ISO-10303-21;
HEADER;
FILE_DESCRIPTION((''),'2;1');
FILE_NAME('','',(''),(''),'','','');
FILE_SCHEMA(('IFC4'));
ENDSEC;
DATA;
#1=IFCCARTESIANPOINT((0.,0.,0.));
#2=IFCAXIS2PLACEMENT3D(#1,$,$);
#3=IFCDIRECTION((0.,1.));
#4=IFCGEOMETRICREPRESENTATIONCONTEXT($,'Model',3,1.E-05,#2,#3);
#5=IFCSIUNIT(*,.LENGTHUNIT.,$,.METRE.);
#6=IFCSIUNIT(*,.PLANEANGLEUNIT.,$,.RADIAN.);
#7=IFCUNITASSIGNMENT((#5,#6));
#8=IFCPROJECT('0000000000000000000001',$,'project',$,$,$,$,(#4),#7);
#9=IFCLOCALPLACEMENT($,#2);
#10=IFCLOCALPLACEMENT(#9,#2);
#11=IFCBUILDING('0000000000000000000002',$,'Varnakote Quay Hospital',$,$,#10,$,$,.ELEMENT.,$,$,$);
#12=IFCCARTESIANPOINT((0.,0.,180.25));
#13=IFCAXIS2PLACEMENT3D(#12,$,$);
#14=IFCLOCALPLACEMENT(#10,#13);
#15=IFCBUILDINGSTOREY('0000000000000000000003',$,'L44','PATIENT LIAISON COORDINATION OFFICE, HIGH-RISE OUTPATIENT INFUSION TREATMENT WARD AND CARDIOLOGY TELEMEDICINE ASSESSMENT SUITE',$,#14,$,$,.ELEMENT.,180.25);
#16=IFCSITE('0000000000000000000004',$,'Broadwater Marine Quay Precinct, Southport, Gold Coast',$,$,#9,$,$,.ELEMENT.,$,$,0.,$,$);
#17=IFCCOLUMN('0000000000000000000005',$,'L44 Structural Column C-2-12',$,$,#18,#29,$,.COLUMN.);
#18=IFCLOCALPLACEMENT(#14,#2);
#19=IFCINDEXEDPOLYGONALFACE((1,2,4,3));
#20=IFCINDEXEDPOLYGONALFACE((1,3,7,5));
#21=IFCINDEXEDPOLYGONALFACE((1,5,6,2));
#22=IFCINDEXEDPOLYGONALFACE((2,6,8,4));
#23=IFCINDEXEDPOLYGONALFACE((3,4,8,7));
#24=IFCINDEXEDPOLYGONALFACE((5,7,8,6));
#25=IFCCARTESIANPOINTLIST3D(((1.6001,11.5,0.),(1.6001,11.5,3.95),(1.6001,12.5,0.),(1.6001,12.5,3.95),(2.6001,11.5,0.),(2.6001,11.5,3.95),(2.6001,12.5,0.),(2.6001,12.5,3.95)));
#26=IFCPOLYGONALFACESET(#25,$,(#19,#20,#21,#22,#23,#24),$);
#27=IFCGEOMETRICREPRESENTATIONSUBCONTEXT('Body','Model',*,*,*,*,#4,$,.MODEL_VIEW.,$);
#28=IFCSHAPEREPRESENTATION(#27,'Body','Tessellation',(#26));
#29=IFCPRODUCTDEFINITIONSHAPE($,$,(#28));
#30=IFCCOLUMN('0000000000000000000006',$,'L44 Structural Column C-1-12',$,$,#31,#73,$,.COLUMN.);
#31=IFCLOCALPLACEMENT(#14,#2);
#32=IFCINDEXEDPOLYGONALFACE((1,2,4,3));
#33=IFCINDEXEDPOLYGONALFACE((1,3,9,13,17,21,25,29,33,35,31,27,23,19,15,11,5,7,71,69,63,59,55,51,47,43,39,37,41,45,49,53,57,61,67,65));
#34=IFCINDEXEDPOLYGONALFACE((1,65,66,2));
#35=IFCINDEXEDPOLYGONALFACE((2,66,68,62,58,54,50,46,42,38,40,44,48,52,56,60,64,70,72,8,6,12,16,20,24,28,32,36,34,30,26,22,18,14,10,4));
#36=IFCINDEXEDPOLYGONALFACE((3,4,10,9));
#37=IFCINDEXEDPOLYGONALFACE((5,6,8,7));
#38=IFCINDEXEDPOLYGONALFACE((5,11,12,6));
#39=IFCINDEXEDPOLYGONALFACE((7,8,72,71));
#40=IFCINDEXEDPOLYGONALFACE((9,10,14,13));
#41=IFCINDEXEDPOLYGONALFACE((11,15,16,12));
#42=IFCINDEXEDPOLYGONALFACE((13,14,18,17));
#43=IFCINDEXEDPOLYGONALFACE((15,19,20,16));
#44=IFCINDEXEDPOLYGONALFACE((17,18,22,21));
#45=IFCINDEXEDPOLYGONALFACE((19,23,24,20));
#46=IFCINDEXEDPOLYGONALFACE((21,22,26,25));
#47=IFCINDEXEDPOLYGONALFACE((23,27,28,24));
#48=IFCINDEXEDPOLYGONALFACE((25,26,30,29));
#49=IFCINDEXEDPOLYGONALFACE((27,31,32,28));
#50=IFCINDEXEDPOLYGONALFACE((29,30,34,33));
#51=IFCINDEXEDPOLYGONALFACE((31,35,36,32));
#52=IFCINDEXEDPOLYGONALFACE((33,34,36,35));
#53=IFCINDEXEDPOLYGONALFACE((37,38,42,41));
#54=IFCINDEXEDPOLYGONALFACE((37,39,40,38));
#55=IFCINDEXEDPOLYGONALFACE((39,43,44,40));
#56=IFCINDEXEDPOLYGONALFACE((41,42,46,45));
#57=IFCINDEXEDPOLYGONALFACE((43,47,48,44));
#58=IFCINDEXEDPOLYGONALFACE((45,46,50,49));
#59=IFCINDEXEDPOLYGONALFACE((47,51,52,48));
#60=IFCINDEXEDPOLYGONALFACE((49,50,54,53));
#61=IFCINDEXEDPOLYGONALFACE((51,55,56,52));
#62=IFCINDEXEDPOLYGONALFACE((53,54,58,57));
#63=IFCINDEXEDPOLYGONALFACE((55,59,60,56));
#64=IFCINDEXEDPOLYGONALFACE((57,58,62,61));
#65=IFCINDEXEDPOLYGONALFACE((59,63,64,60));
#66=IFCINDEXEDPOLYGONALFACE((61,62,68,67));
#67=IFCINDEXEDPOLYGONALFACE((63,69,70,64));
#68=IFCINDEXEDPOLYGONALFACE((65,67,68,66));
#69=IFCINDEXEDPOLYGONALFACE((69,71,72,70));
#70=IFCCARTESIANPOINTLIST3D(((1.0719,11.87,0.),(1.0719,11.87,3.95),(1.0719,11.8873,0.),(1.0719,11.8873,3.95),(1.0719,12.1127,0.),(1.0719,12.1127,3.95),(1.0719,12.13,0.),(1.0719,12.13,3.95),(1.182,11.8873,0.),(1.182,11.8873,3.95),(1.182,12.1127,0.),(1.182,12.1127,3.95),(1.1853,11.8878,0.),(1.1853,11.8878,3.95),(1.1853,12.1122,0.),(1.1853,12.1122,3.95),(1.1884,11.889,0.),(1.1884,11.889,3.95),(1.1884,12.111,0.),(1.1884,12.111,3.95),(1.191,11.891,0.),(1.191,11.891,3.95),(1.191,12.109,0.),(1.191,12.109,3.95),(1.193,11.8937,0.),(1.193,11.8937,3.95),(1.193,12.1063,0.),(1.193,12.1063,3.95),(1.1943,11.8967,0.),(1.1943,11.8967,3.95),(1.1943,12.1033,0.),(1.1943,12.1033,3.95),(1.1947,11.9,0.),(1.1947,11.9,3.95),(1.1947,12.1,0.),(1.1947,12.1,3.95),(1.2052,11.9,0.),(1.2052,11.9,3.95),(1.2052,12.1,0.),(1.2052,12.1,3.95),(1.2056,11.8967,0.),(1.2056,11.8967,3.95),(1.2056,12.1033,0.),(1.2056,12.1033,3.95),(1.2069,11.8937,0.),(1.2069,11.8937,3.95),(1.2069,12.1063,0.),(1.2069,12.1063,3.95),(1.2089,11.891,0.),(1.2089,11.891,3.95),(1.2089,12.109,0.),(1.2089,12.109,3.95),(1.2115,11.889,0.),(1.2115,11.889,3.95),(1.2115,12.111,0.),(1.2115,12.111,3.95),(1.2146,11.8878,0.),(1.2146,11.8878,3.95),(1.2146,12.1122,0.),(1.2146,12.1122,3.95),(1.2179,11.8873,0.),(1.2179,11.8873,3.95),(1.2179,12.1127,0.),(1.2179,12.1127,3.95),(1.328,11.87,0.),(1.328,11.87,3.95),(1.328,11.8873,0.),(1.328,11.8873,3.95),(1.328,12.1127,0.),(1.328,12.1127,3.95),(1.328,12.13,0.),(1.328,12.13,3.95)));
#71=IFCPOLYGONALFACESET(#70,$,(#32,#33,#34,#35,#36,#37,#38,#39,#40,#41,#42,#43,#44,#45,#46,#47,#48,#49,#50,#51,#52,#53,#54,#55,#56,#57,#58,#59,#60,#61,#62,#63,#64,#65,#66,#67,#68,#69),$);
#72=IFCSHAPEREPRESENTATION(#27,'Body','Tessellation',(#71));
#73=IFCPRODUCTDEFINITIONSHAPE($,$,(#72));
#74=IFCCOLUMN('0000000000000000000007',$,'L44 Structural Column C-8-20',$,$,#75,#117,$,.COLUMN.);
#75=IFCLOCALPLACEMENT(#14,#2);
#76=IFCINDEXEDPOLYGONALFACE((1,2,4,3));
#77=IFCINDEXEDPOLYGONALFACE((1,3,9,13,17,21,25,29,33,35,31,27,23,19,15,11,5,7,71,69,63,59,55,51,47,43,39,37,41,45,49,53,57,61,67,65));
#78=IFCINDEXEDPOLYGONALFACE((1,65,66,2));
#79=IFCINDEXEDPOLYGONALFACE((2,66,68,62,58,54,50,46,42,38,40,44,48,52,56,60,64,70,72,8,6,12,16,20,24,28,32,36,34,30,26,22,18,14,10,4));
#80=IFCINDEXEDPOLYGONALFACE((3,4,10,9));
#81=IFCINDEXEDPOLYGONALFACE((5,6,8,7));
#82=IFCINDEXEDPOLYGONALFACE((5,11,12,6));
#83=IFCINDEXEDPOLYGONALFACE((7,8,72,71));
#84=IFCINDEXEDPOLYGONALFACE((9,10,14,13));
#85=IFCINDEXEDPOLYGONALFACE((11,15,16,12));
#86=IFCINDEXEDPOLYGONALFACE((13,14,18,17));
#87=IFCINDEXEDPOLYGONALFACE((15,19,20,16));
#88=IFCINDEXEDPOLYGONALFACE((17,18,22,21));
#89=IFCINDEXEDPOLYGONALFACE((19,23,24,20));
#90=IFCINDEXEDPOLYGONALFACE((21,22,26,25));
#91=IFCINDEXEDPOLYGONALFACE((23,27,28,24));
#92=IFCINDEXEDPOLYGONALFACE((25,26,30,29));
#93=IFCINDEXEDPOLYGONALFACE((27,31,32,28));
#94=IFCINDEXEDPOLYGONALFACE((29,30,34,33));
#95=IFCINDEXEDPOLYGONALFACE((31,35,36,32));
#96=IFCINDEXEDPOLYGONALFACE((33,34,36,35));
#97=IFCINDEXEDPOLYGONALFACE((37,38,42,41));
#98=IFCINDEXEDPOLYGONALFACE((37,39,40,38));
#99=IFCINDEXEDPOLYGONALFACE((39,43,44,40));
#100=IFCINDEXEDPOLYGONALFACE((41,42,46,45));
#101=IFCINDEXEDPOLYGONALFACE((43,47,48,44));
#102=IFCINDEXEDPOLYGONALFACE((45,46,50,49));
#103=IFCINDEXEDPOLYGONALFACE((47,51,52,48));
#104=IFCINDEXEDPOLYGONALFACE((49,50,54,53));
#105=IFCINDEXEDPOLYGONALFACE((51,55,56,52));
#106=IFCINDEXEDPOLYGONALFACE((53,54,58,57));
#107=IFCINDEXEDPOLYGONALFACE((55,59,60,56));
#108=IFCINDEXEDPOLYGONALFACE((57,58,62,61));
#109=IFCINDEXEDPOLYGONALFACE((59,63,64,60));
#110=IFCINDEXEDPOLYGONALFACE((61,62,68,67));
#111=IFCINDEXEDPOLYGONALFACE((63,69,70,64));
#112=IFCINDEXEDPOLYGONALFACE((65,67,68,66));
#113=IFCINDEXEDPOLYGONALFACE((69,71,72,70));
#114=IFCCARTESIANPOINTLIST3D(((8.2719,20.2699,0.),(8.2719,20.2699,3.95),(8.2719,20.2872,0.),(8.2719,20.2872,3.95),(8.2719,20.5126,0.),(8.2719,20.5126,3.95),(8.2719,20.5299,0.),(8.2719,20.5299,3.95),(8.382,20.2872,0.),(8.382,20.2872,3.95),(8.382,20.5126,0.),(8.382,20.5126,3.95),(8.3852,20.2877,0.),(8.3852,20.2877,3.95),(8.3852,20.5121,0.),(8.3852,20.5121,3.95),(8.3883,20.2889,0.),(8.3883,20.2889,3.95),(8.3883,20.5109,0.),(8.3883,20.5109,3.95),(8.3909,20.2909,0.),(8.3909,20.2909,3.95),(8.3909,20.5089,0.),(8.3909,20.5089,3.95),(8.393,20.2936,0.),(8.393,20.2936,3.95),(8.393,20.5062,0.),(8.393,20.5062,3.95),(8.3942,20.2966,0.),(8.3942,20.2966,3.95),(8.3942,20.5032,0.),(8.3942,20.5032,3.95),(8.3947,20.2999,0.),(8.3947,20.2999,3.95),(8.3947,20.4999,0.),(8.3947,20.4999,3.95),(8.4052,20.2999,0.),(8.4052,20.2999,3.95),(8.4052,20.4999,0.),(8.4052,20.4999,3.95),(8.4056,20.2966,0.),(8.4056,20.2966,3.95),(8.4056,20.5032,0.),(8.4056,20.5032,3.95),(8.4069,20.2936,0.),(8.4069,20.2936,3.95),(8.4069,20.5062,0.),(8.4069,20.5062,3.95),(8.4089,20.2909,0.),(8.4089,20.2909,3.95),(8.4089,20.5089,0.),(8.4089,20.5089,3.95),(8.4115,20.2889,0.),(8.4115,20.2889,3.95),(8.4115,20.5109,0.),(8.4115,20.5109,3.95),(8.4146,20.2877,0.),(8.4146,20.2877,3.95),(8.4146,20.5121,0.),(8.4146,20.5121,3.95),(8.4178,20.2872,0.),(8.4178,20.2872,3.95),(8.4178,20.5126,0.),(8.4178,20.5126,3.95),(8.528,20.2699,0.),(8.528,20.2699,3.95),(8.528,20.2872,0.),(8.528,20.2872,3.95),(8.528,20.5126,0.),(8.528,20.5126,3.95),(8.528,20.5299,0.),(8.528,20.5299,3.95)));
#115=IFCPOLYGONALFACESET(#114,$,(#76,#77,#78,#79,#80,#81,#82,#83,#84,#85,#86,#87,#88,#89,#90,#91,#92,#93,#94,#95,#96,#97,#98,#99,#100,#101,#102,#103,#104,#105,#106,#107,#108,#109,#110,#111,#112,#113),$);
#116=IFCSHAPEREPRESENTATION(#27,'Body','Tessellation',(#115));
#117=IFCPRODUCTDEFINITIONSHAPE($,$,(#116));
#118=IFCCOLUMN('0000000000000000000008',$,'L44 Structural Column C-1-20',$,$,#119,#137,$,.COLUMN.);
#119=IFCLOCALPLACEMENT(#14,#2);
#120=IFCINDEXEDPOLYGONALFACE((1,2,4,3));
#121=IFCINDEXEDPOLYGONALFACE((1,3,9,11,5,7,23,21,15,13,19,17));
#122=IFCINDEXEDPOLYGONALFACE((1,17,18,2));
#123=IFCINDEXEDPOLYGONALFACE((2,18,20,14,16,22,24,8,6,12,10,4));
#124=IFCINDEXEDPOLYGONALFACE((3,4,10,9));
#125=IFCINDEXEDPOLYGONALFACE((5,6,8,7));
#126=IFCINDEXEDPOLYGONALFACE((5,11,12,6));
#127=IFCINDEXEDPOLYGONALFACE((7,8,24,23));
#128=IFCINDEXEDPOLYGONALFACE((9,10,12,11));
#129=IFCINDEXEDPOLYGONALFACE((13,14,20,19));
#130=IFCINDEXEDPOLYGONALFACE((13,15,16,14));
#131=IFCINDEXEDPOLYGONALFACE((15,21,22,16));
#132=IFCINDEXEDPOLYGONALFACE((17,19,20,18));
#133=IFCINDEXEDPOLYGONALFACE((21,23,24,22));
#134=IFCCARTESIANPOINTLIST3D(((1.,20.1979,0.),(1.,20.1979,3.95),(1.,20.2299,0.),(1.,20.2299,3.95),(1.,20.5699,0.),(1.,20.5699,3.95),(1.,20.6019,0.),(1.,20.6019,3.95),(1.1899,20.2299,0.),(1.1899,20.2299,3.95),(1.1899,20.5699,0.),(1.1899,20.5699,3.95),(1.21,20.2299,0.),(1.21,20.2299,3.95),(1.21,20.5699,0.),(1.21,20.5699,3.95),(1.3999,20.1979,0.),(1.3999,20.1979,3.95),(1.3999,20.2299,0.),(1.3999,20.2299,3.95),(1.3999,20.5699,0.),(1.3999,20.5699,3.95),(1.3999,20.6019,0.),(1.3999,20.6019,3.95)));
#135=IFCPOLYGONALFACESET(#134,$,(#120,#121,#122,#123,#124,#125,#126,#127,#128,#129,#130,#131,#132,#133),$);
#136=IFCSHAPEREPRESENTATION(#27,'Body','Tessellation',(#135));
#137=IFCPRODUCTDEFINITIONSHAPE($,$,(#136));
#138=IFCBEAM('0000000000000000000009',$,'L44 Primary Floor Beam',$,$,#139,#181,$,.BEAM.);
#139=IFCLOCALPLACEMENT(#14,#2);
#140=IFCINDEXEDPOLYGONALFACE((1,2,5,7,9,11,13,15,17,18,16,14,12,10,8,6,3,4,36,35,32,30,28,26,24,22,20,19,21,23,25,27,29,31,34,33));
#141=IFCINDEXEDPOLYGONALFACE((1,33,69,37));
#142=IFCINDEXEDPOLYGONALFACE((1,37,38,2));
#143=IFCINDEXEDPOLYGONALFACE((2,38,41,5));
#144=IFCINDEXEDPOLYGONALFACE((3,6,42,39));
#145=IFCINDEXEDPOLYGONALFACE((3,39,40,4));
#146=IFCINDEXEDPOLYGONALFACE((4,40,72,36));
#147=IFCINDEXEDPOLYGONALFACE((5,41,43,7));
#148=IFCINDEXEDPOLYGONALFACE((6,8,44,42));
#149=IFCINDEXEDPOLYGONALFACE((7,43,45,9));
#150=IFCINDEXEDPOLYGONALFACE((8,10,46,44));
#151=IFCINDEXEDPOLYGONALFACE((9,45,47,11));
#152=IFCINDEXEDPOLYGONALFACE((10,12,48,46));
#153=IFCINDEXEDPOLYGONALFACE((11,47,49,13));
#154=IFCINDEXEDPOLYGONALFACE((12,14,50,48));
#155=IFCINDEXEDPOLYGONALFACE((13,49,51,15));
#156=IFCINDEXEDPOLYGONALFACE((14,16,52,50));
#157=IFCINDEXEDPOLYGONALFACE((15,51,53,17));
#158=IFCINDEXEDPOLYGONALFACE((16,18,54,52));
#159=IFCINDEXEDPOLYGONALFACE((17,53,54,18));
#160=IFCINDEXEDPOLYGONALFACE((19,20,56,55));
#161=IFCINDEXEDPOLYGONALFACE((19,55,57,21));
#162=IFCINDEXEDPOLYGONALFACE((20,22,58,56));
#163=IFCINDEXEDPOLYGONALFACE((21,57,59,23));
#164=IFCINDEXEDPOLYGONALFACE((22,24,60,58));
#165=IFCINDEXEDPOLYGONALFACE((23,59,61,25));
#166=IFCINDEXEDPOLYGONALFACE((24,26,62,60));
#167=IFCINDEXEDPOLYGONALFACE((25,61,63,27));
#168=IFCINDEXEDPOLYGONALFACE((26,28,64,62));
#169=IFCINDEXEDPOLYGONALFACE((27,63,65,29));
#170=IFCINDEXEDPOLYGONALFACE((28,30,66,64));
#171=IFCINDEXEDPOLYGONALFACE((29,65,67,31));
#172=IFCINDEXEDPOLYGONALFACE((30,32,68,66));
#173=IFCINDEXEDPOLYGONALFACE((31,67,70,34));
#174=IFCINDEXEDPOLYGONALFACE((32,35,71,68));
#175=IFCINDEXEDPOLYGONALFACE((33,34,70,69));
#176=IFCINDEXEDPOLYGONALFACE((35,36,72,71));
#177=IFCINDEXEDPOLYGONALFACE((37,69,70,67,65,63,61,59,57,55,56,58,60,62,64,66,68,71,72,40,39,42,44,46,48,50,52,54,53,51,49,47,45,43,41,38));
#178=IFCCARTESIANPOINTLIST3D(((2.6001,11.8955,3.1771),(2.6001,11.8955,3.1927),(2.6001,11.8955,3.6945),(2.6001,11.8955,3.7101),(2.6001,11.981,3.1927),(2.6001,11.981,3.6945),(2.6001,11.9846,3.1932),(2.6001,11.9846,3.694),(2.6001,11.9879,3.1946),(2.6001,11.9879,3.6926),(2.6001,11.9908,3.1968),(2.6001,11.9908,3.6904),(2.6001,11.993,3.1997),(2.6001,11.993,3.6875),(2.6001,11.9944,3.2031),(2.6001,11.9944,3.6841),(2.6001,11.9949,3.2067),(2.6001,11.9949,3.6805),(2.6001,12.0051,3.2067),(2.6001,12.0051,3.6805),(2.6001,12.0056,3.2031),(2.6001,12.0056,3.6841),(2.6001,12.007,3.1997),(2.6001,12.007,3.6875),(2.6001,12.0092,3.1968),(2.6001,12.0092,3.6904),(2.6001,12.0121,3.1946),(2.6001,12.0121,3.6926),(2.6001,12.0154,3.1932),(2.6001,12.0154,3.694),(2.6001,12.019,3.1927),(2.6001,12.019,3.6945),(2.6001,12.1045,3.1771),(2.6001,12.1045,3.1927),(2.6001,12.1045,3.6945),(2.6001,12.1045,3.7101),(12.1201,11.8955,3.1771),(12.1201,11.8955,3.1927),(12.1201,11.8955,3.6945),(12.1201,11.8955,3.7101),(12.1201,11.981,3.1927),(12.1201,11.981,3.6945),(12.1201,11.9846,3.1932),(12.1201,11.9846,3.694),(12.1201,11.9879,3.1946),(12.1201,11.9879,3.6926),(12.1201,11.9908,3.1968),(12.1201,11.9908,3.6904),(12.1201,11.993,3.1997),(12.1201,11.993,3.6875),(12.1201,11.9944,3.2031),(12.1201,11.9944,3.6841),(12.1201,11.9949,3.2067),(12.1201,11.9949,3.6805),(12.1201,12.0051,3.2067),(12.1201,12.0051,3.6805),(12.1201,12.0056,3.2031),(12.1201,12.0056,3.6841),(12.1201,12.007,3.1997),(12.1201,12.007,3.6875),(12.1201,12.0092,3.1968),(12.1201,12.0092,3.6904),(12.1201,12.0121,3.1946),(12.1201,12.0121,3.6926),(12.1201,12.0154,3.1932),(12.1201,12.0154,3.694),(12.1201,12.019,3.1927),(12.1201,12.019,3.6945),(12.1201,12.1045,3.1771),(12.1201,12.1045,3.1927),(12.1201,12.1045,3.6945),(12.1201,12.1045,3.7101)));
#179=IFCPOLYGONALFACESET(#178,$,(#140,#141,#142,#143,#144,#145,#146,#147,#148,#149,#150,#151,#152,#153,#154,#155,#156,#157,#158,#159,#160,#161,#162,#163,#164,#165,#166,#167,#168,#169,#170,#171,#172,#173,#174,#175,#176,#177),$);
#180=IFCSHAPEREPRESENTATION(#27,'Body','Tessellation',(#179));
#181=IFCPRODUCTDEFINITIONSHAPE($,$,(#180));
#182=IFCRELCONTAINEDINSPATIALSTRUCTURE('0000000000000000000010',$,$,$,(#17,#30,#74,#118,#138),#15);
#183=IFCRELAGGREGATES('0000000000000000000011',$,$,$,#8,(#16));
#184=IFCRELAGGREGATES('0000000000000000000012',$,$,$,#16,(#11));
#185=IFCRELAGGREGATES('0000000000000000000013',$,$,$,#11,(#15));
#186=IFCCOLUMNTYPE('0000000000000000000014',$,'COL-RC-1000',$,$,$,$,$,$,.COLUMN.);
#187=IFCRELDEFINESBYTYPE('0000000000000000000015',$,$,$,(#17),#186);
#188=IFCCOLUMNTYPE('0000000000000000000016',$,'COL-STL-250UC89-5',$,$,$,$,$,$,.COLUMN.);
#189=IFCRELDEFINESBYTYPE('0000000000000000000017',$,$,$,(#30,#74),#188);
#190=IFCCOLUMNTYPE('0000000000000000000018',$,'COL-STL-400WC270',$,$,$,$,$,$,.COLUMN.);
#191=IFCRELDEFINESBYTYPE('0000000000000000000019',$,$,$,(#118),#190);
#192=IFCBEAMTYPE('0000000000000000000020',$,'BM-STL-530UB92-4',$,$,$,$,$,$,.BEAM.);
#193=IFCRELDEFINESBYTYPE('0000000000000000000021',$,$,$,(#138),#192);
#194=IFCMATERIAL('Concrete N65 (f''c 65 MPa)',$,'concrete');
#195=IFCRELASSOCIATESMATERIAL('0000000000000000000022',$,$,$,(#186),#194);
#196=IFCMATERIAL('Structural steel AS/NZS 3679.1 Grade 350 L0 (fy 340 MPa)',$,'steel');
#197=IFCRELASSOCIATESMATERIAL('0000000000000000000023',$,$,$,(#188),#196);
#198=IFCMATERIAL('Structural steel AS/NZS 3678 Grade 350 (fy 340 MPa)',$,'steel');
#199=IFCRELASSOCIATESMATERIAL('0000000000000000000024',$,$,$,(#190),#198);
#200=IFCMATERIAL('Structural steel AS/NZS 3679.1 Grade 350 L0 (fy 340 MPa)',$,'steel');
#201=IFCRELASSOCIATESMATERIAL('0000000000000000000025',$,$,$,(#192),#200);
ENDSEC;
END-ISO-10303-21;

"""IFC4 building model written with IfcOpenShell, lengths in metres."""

from ifc_helpers import new_model, si_unit, direction, frame, origin, origin_2d, place, context, subcontext, project, spatial, rectangle, i_section, extrude, material, material_profile, profile_set, type_object, element, save


model = new_model("IFC4")

# Units and contexts
model_context = context("Model", 3, precision=1e-05, world=origin(), true_north=direction((0.0, 1.0)))
body_context = subcontext(model_context, "Body", "Model", "MODEL_VIEW")
ifc_project = project(units=[si_unit("LENGTHUNIT", "METRE"), si_unit("PLANEANGLEUNIT", "RADIAN")], contexts=[model_context])

# Site, building, storey
site_placement = place(None, origin())
site = spatial("IfcSite", under=ifc_project, at=site_placement, Name="Broadwater Marine Quay Precinct, Southport, Gold Coast", CompositionType="ELEMENT", RefElevation=0.0)
building_placement = place(site_placement, origin())
building = spatial("IfcBuilding", under=site, at=building_placement, Name="Varnakote Quay Hospital", CompositionType="ELEMENT")
storey_placement = place(building_placement, frame((0.0, 0.0, 180.25)))
storey = spatial("IfcBuildingStorey", under=building, at=storey_placement, Name="L44", Description="PATIENT LIAISON COORDINATION OFFICE, HIGH-RISE OUTPATIENT INFUSION TREATMENT WARD AND CARDIOLOGY TELEMEDICINE ASSESSMENT SUITE", CompositionType="ELEMENT", Elevation=180.25)

# Columns
ifc_material_1 = material(Name="Concrete N65 (f'c 65 MPa)", Category="concrete")
ifc_material_profile_1 = material_profile(ifc_material_1, rectangle(XDim=1.0, YDim=1.0, at=origin_2d()), Name="RC-COL-1000x1000")
ifc_profile_set_1 = profile_set([ifc_material_profile_1], Name="Concrete N65 (f'c 65 MPa)")
column_type_1 = type_object("IfcColumnType", Name="COL-RC-1000", PredefinedType="COLUMN", material=ifc_profile_set_1)
column_1_placement = place(storey_placement, frame((2.1001, 12.0, 0.0), z_axis=(0.0, 0.0, 1.0), x_axis=(1.0, 0.0, 0.0)))
element("IfcColumn", 1, at=column_1_placement, inside=storey, type_object=column_type_1, Name="L44 Structural Column C-2-12", PredefinedType="COLUMN", context=body_context, shape_type="SweptSolid", body=[
    extrude(rectangle(XDim=1.0, YDim=1.0, at=origin_2d()), origin(), (0.0, 0.0, 1.0), 3.95),
])
ifc_material_2 = material(Name="Structural steel AS/NZS 3679.1 Grade 350 L0 (fy 340 MPa)", Category="steel")
ifc_material_profile_2 = material_profile(ifc_material_2, i_section(OverallWidth=0.2561, OverallDepth=0.26, WebThickness=0.0105, FlangeThickness=0.0173, FilletRadius=0.0127, at=origin_2d()), Name="250UC89.5")
ifc_profile_set_2 = profile_set([ifc_material_profile_2], Name="Structural steel AS/NZS 3679.1 Grade 350 L0 (fy 340 MPa)")
column_type_2 = type_object("IfcColumnType", Name="COL-STL-250UC89-5", PredefinedType="COLUMN", material=ifc_profile_set_2)
for number, where, z_axis, x_axis, name in (
    (2, (1.2, 12.0, 0.0), (0.0, 0.0, 1.0), (1.0, 0.0, 0.0), "L44 Structural Column C-1-12"),
    (3, (8.3999, 20.3999, 0.0), (0.0, 0.0, 1.0), (1.0, 0.0, 0.0), "L44 Structural Column C-8-20"),
):
    element("IfcColumn", number, at=place(storey_placement, frame(where, z_axis=z_axis, x_axis=x_axis)), inside=storey, type_object=column_type_2, Name=name, PredefinedType="COLUMN", context=body_context, shape_type="SweptSolid", body=[
        extrude(i_section(OverallWidth=0.2561, OverallDepth=0.26, WebThickness=0.0105, FlangeThickness=0.0173, FilletRadius=0.0127, at=origin_2d()), origin(), (0.0, 0.0, 1.0), 3.95),
    ])
ifc_material_3 = material(Name="Structural steel AS/NZS 3678 Grade 350 (fy 340 MPa)", Category="steel")
ifc_material_profile_3 = material_profile(ifc_material_3, i_section(OverallWidth=0.3999, OverallDepth=0.4041, WebThickness=0.02, FlangeThickness=0.032, at=origin_2d()), Name="400WC270")
ifc_profile_set_3 = profile_set([ifc_material_profile_3], Name="Structural steel AS/NZS 3678 Grade 350 (fy 340 MPa)")
column_type_3 = type_object("IfcColumnType", Name="COL-STL-400WC270", PredefinedType="COLUMN", material=ifc_profile_set_3)
column_2_placement = place(storey_placement, frame((1.2, 20.3999, 0.0), z_axis=(0.0, 0.0, 1.0), x_axis=(1.0, 0.0, 0.0)))
element("IfcColumn", 4, at=column_2_placement, inside=storey, type_object=column_type_3, Name="L44 Structural Column C-1-20", PredefinedType="COLUMN", context=body_context, shape_type="SweptSolid", body=[
    extrude(i_section(OverallWidth=0.3999, OverallDepth=0.4041, WebThickness=0.02, FlangeThickness=0.032, at=origin_2d()), origin(), (0.0, 0.0, 1.0), 3.95),
])

# Beam
ifc_material_4 = material(Name="Structural steel AS/NZS 3679.1 Grade 350 L0 (fy 340 MPa)", Category="steel")
ifc_material_profile_4 = material_profile(ifc_material_4, i_section(OverallWidth=0.209, OverallDepth=0.533, WebThickness=0.0103, FlangeThickness=0.0156, FilletRadius=0.0139, at=origin_2d()), Name="530UB92.4")
ifc_profile_set_4 = profile_set([ifc_material_profile_4], Name="Structural steel AS/NZS 3679.1 Grade 350 L0 (fy 340 MPa)")
beam_type_1 = type_object("IfcBeamType", Name="BM-STL-530UB92-4", PredefinedType="BEAM", material=ifc_profile_set_4)
beam_1_placement = place(storey_placement, frame((2.6001, 12.0, 3.4436), z_axis=(1.0, 0.0, 0.0), x_axis=(0.0, 1.0, 0.0)))
element("IfcBeam", 5, at=beam_1_placement, inside=storey, type_object=beam_type_1, Name="L44 Primary Floor Beam", PredefinedType="BEAM", context=body_context, shape_type="SweptSolid", body=[
    extrude(i_section(OverallWidth=0.209, OverallDepth=0.533, WebThickness=0.0103, FlangeThickness=0.0156, FilletRadius=0.0139, at=origin_2d()), origin(), (0.0, 0.0, 1.0), 9.52),
])

save(model, "model.ifc")
